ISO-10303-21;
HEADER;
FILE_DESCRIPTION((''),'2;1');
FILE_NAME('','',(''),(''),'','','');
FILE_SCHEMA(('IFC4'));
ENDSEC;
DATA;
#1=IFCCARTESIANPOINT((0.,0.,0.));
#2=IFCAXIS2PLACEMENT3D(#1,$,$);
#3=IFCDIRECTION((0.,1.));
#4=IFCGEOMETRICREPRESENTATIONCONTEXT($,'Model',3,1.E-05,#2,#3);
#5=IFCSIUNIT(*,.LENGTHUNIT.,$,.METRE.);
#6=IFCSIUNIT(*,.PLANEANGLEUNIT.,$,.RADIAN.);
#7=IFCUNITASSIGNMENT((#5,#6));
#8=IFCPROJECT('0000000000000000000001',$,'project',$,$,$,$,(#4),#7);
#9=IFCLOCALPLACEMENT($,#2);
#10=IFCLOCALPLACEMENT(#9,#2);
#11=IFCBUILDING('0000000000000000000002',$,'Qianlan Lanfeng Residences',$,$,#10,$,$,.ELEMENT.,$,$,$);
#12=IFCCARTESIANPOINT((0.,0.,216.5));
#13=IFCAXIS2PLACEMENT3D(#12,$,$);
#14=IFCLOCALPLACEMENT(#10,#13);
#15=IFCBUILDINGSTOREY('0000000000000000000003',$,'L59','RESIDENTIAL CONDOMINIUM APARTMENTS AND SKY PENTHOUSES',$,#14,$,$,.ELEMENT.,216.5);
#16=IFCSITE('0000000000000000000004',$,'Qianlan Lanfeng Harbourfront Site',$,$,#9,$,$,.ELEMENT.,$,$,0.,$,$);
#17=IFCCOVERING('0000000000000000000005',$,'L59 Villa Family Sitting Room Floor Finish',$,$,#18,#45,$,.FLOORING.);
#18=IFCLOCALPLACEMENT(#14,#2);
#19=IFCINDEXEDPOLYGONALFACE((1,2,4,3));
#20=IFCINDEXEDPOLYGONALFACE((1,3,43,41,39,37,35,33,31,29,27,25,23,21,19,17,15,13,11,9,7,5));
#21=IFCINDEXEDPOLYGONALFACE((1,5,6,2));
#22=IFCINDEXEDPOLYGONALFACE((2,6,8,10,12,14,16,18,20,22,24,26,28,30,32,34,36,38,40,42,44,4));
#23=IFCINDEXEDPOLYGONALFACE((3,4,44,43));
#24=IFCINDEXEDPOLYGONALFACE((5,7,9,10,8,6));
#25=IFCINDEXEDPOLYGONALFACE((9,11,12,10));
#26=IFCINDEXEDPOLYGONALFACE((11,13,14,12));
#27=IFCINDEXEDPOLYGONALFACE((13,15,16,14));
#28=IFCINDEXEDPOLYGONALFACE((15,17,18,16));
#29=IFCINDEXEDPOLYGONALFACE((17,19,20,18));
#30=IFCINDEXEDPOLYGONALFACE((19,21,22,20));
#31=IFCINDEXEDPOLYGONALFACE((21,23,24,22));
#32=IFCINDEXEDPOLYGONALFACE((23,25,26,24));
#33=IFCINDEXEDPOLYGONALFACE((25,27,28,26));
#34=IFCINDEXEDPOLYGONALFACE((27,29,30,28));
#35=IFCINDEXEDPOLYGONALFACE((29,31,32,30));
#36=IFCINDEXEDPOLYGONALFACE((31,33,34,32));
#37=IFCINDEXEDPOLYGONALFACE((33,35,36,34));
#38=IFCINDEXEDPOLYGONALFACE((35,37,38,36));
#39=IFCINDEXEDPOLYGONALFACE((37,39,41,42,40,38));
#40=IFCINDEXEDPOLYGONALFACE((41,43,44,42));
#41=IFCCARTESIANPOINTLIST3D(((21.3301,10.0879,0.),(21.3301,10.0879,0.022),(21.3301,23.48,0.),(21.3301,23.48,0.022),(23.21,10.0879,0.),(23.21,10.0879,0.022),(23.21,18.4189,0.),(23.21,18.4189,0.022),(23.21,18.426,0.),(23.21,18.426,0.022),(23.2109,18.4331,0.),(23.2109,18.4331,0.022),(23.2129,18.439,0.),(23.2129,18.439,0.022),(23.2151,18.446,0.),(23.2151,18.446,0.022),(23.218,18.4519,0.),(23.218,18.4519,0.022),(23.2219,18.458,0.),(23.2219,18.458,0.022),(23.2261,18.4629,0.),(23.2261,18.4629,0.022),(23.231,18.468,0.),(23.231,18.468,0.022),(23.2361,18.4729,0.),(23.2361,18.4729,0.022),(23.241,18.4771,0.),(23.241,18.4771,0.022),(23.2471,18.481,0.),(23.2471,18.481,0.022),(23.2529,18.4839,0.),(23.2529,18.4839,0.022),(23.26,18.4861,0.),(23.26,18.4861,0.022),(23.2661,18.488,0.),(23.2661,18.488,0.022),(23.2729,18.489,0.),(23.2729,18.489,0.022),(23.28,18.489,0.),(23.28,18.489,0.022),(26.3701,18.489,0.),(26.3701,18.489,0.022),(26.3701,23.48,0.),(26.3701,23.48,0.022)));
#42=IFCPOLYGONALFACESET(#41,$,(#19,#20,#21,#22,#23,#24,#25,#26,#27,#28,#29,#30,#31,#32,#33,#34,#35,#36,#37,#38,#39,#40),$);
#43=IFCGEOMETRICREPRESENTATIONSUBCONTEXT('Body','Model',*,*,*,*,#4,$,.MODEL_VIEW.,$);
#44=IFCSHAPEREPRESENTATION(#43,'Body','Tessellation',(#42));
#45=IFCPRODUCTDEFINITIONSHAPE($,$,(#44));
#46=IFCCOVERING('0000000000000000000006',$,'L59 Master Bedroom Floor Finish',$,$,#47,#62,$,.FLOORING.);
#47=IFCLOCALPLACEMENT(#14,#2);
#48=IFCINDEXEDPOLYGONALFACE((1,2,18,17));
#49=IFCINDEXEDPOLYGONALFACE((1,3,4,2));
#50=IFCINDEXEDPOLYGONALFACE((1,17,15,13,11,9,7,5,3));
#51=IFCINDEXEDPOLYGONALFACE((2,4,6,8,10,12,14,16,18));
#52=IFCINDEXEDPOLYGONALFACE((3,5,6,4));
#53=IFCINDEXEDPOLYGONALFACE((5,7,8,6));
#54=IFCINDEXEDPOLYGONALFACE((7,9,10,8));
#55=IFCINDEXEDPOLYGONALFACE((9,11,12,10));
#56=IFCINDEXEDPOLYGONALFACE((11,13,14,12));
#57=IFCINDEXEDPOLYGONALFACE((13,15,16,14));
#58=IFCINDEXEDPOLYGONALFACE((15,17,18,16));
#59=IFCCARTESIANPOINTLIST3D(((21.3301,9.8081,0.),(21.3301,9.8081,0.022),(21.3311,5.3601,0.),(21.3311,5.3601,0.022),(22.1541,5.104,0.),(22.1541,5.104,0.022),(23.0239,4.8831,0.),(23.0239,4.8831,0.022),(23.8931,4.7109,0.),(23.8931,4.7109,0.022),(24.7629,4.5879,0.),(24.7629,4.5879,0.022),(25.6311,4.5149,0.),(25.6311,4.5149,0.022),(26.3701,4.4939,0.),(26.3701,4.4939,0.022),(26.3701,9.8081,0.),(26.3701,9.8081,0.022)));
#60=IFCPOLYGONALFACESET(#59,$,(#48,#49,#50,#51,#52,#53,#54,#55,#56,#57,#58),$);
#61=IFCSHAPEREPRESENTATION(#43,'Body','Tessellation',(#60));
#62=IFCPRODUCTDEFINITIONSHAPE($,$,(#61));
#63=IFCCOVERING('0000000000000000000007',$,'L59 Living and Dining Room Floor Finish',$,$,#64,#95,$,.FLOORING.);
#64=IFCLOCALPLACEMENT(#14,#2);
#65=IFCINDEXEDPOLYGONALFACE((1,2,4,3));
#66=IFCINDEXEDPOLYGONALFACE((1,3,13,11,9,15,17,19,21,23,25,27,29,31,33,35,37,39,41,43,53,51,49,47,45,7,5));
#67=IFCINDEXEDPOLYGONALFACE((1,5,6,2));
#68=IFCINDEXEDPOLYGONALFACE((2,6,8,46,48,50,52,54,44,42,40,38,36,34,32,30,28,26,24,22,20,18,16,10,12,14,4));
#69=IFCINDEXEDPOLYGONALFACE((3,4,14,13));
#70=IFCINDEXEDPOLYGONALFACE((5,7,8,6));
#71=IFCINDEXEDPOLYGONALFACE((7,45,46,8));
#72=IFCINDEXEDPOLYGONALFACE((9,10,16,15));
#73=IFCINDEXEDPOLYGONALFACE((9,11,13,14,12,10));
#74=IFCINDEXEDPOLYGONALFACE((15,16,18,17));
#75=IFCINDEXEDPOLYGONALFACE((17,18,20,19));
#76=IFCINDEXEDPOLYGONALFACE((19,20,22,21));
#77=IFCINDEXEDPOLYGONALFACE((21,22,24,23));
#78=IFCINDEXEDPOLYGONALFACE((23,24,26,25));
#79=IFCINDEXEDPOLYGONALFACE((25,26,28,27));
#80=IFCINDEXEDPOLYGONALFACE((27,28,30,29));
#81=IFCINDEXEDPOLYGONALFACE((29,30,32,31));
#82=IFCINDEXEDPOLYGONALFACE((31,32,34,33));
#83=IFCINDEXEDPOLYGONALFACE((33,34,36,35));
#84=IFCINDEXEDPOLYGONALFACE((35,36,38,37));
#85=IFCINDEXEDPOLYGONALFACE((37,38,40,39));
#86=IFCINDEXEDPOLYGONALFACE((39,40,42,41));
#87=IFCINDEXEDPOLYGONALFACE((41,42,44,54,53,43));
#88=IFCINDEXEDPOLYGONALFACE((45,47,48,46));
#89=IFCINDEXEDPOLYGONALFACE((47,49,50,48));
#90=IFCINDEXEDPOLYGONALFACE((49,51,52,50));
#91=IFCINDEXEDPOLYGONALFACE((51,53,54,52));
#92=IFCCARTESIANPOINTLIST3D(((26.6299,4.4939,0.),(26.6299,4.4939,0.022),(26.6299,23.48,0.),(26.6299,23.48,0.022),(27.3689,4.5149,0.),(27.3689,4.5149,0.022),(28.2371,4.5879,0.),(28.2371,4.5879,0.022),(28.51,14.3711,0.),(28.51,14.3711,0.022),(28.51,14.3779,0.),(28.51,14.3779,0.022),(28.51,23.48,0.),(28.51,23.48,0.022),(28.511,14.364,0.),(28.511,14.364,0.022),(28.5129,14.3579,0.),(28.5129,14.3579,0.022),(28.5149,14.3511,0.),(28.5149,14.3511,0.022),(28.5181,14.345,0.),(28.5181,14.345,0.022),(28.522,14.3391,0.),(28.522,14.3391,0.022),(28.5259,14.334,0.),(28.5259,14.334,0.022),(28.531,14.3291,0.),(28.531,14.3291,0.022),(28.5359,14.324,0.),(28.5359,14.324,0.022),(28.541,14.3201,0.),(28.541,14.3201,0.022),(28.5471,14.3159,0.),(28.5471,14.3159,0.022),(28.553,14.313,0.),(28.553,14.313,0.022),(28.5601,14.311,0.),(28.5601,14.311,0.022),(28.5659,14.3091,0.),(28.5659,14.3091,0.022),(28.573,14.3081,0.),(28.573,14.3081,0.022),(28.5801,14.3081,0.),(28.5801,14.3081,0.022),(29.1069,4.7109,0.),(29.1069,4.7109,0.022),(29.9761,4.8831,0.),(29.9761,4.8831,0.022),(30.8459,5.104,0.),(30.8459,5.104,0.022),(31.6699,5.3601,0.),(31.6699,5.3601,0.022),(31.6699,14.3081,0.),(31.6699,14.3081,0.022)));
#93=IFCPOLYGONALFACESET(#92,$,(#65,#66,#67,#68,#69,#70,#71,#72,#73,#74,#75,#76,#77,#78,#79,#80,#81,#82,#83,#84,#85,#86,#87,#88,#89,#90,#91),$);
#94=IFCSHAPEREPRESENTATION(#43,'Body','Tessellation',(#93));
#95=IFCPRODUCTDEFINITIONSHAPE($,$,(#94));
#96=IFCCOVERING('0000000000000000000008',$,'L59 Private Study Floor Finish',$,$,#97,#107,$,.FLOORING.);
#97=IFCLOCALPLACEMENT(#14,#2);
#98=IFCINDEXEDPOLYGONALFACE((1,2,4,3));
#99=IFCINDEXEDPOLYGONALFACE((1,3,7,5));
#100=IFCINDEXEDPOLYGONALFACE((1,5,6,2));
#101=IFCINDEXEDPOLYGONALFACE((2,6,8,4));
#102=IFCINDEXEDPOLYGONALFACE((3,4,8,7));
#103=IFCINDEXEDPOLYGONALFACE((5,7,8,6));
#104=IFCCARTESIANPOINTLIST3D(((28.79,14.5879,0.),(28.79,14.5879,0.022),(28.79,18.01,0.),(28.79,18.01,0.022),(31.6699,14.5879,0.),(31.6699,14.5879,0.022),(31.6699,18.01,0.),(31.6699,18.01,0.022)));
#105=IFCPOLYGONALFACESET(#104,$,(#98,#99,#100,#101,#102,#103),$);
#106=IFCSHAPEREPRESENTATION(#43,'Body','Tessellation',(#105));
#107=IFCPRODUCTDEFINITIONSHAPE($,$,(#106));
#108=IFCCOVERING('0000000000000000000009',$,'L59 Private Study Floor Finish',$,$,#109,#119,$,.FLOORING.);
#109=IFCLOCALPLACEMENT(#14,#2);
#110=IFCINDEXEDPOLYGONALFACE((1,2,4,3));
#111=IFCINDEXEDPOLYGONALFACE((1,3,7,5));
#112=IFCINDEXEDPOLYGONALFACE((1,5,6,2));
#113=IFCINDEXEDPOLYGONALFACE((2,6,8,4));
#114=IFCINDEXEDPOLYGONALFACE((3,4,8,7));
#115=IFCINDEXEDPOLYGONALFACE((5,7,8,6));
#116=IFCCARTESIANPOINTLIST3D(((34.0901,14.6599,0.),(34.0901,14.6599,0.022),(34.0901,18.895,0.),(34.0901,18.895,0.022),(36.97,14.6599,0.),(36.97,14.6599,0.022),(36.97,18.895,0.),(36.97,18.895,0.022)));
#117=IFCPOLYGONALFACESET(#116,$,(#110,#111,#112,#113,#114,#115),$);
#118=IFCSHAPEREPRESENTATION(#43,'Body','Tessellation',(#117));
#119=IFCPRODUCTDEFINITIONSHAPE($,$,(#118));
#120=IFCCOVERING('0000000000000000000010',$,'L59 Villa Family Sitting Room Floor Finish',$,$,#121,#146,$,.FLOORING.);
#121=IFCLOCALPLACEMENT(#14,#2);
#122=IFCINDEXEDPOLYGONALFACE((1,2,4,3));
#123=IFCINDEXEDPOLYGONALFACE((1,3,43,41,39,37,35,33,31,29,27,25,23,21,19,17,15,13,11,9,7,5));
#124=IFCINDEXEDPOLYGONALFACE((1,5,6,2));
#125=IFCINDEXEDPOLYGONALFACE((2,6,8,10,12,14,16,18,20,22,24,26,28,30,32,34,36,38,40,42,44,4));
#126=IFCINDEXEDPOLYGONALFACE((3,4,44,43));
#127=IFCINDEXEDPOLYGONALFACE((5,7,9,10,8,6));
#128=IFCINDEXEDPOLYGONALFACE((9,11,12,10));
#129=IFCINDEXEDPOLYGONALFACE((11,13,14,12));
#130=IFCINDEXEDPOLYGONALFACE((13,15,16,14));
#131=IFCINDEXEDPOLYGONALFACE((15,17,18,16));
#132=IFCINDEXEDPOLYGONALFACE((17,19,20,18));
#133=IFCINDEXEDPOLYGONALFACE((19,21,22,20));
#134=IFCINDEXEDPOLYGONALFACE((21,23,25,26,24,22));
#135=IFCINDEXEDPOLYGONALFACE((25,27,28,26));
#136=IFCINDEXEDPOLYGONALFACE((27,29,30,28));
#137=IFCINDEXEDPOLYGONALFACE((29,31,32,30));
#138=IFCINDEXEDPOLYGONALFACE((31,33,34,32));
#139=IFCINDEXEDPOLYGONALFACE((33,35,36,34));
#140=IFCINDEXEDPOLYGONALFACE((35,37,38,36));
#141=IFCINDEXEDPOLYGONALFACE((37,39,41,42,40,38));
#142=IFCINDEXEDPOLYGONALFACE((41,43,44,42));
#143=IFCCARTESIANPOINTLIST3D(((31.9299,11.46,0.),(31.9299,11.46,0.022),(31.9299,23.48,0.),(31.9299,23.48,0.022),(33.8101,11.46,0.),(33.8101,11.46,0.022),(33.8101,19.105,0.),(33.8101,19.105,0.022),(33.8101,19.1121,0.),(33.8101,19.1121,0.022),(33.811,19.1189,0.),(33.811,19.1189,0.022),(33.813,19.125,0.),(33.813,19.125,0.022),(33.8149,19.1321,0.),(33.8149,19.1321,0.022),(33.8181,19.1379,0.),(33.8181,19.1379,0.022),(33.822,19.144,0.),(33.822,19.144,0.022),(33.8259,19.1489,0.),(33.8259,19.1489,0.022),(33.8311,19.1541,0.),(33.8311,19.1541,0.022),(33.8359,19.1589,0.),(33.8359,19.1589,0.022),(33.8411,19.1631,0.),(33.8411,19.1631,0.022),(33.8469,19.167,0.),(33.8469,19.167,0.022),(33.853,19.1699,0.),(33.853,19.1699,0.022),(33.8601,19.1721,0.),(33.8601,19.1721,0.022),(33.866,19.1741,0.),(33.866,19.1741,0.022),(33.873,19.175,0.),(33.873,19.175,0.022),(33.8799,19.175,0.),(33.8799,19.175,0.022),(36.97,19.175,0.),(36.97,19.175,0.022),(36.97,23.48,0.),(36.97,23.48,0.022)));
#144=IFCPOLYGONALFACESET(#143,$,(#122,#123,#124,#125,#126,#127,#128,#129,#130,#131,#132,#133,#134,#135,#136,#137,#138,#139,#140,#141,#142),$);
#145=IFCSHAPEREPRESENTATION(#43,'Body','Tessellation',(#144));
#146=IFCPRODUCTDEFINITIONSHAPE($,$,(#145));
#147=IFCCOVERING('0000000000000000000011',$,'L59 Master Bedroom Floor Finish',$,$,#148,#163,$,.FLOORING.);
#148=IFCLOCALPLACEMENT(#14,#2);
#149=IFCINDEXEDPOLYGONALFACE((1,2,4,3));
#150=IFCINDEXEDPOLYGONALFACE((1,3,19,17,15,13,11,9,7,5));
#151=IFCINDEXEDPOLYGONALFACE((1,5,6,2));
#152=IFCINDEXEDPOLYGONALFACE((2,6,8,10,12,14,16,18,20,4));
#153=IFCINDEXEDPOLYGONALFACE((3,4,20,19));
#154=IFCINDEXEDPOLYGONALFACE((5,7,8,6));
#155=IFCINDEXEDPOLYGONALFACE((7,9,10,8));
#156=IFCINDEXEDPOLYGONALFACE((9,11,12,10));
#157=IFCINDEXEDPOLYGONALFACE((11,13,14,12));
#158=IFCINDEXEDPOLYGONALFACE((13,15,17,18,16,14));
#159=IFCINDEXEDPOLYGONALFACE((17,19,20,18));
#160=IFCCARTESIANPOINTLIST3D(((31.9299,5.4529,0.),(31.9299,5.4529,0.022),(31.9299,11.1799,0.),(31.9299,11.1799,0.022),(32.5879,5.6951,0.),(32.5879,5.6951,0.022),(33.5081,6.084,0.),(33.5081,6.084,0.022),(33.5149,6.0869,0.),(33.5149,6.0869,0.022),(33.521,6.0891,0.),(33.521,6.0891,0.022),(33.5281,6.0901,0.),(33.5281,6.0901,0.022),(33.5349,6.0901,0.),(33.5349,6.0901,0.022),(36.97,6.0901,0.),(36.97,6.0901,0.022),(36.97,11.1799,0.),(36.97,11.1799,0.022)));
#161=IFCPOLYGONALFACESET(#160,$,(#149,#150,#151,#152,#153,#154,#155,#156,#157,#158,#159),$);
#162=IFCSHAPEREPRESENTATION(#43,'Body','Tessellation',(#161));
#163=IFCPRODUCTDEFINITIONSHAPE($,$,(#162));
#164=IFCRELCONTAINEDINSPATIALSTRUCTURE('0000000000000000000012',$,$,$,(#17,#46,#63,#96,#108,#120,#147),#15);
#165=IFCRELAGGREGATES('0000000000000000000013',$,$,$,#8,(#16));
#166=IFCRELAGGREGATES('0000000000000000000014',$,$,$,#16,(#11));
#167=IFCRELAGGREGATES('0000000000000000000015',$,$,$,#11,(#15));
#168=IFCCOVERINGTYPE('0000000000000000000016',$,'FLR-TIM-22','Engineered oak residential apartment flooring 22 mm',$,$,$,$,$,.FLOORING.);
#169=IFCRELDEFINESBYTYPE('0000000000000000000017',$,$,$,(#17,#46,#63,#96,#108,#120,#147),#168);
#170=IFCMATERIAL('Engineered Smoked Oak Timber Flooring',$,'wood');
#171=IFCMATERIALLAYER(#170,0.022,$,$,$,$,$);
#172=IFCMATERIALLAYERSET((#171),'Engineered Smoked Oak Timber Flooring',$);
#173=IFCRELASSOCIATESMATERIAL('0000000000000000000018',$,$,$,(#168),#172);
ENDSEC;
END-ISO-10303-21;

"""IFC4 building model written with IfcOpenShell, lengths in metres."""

from ifc_helpers import new_model, si_unit, direction, frame, origin, place, context, subcontext, project, spatial, polyline, outline, extrude, material, layer, layer_set, type_object, element, save


model = new_model("IFC4")

# Units and contexts
model_context = context("Model", 3, precision=1e-05, world=origin(), true_north=direction((0.0, 1.0)))
body_context = subcontext(model_context, "Body", "Model", "MODEL_VIEW")
ifc_project = project(units=[si_unit("LENGTHUNIT", "METRE"), si_unit("PLANEANGLEUNIT", "RADIAN")], contexts=[model_context])

# Site, building, storey
site_placement = place(None, origin())
site = spatial("IfcSite", under=ifc_project, at=site_placement, Name="Qianlan Lanfeng Harbourfront Site", CompositionType="ELEMENT", RefElevation=0.0)
building_placement = place(site_placement, origin())
building = spatial("IfcBuilding", under=site, at=building_placement, Name="Qianlan Lanfeng Residences", CompositionType="ELEMENT")
storey_placement = place(building_placement, frame((0.0, 0.0, 216.5)))
storey = spatial("IfcBuildingStorey", under=building, at=storey_placement, Name="L59", Description="RESIDENTIAL CONDOMINIUM APARTMENTS AND SKY PENTHOUSES", CompositionType="ELEMENT", Elevation=216.5)

# Coverings
ifc_material_1 = material(Name="Engineered Smoked Oak Timber Flooring", Category="wood")
ifc_layer_1 = layer(ifc_material_1, 0.022)
ifc_layer_set_1 = layer_set([ifc_layer_1], Name="Engineered Smoked Oak Timber Flooring")
covering_type_1 = type_object("IfcCoveringType", Name="FLR-TIM-22", Description="Engineered oak residential apartment flooring 22 mm", PredefinedType="FLOORING", material=ifc_layer_set_1)
covering_1_placement = place(storey_placement, origin())
element("IfcCovering", 1, at=covering_1_placement, inside=storey, type_object=covering_type_1, Name="L59 Villa Family Sitting Room Floor Finish", PredefinedType="FLOORING", context=body_context, shape_type="SweptSolid", body=[
    extrude(outline(polyline([(21.3301, 10.0879), (23.21, 10.0879), (23.21, 18.4189), (23.21, 18.426), (23.2109, 18.4331), (23.2129, 18.439), (23.2151, 18.446), (23.218, 18.4519), (23.2219, 18.458), (23.2261, 18.4629), (23.231, 18.468), (23.2361, 18.4729), (23.241, 18.4771), (23.2471, 18.481), (23.2529, 18.4839), (23.26, 18.4861), (23.2661, 18.488), (23.2729, 18.489), (23.28, 18.489), (26.3701, 18.489), (26.3701, 23.48), (21.3301, 23.48), (21.3301, 10.0879)])), origin(), (0.0, 0.0, 1.0), 0.022),
])
covering_2_placement = place(storey_placement, origin())
element("IfcCovering", 2, at=covering_2_placement, inside=storey, type_object=covering_type_1, Name="L59 Master Bedroom Floor Finish", PredefinedType="FLOORING", context=body_context, shape_type="SweptSolid", body=[
    extrude(outline(polyline([(21.3301, 9.8081), (21.3311, 5.3601), (22.1541, 5.104), (23.0239, 4.8831), (23.8931, 4.7109), (24.7629, 4.5879), (25.6311, 4.5149), (26.3701, 4.4939), (26.3701, 9.8081), (21.3301, 9.8081)])), origin(), (0.0, 0.0, 1.0), 0.022),
])
covering_3_placement = place(storey_placement, origin())
element("IfcCovering", 3, at=covering_3_placement, inside=storey, type_object=covering_type_1, Name="L59 Living and Dining Room Floor Finish", PredefinedType="FLOORING", context=body_context, shape_type="SweptSolid", body=[
    extrude(outline(polyline([(31.6699, 5.3601), (31.6699, 14.3081), (28.5801, 14.3081), (28.573, 14.3081), (28.5659, 14.3091), (28.5601, 14.311), (28.553, 14.313), (28.5471, 14.3159), (28.541, 14.3201), (28.5359, 14.324), (28.531, 14.3291), (28.5259, 14.334), (28.522, 14.3391), (28.5181, 14.345), (28.5149, 14.3511), (28.5129, 14.3579), (28.511, 14.364), (28.51, 14.3711), (28.51, 14.3779), (28.51, 23.48), (26.6299, 23.48), (26.6299, 4.4939), (27.3689, 4.5149), (28.2371, 4.5879), (29.1069, 4.7109), (29.9761, 4.8831), (30.8459, 5.104), (31.6699, 5.3601)])), origin(), (0.0, 0.0, 1.0), 0.022),
])
covering_4_placement = place(storey_placement, origin())
element("IfcCovering", 4, at=covering_4_placement, inside=storey, type_object=covering_type_1, Name="L59 Private Study Floor Finish", PredefinedType="FLOORING", context=body_context, shape_type="SweptSolid", body=[
    extrude(outline(polyline([(28.79, 18.01), (28.79, 14.5879), (31.6699, 14.5879), (31.6699, 18.01), (28.79, 18.01)])), origin(), (0.0, 0.0, 1.0), 0.022),
])
covering_5_placement = place(storey_placement, origin())
element("IfcCovering", 5, at=covering_5_placement, inside=storey, type_object=covering_type_1, Name="L59 Private Study Floor Finish", PredefinedType="FLOORING", context=body_context, shape_type="SweptSolid", body=[
    extrude(outline(polyline([(34.0901, 14.6599), (36.97, 14.6599), (36.97, 18.895), (34.0901, 18.895), (34.0901, 14.6599)])), origin(), (0.0, 0.0, 1.0), 0.022),
])
covering_6_placement = place(storey_placement, origin())
element("IfcCovering", 6, at=covering_6_placement, inside=storey, type_object=covering_type_1, Name="L59 Villa Family Sitting Room Floor Finish", PredefinedType="FLOORING", context=body_context, shape_type="SweptSolid", body=[
    extrude(outline(polyline([(31.9299, 11.46), (33.8101, 11.46), (33.8101, 19.105), (33.8101, 19.1121), (33.811, 19.1189), (33.813, 19.125), (33.8149, 19.1321), (33.8181, 19.1379), (33.822, 19.144), (33.8259, 19.1489), (33.8311, 19.1541), (33.8359, 19.1589), (33.8411, 19.1631), (33.8469, 19.167), (33.853, 19.1699), (33.8601, 19.1721), (33.866, 19.1741), (33.873, 19.175), (33.8799, 19.175), (36.97, 19.175), (36.97, 23.48), (31.9299, 23.48), (31.9299, 11.46)])), origin(), (0.0, 0.0, 1.0), 0.022),
])
covering_7_placement = place(storey_placement, origin())
element("IfcCovering", 7, at=covering_7_placement, inside=storey, type_object=covering_type_1, Name="L59 Master Bedroom Floor Finish", PredefinedType="FLOORING", context=body_context, shape_type="SweptSolid", body=[
    extrude(outline(polyline([(31.9299, 11.1799), (31.9299, 5.4529), (32.5879, 5.6951), (33.5081, 6.084), (33.5149, 6.0869), (33.521, 6.0891), (33.5281, 6.0901), (33.5349, 6.0901), (36.97, 6.0901), (36.97, 11.1799), (31.9299, 11.1799)])), origin(), (0.0, 0.0, 1.0), 0.022),
])

save(model, "model.ifc")
